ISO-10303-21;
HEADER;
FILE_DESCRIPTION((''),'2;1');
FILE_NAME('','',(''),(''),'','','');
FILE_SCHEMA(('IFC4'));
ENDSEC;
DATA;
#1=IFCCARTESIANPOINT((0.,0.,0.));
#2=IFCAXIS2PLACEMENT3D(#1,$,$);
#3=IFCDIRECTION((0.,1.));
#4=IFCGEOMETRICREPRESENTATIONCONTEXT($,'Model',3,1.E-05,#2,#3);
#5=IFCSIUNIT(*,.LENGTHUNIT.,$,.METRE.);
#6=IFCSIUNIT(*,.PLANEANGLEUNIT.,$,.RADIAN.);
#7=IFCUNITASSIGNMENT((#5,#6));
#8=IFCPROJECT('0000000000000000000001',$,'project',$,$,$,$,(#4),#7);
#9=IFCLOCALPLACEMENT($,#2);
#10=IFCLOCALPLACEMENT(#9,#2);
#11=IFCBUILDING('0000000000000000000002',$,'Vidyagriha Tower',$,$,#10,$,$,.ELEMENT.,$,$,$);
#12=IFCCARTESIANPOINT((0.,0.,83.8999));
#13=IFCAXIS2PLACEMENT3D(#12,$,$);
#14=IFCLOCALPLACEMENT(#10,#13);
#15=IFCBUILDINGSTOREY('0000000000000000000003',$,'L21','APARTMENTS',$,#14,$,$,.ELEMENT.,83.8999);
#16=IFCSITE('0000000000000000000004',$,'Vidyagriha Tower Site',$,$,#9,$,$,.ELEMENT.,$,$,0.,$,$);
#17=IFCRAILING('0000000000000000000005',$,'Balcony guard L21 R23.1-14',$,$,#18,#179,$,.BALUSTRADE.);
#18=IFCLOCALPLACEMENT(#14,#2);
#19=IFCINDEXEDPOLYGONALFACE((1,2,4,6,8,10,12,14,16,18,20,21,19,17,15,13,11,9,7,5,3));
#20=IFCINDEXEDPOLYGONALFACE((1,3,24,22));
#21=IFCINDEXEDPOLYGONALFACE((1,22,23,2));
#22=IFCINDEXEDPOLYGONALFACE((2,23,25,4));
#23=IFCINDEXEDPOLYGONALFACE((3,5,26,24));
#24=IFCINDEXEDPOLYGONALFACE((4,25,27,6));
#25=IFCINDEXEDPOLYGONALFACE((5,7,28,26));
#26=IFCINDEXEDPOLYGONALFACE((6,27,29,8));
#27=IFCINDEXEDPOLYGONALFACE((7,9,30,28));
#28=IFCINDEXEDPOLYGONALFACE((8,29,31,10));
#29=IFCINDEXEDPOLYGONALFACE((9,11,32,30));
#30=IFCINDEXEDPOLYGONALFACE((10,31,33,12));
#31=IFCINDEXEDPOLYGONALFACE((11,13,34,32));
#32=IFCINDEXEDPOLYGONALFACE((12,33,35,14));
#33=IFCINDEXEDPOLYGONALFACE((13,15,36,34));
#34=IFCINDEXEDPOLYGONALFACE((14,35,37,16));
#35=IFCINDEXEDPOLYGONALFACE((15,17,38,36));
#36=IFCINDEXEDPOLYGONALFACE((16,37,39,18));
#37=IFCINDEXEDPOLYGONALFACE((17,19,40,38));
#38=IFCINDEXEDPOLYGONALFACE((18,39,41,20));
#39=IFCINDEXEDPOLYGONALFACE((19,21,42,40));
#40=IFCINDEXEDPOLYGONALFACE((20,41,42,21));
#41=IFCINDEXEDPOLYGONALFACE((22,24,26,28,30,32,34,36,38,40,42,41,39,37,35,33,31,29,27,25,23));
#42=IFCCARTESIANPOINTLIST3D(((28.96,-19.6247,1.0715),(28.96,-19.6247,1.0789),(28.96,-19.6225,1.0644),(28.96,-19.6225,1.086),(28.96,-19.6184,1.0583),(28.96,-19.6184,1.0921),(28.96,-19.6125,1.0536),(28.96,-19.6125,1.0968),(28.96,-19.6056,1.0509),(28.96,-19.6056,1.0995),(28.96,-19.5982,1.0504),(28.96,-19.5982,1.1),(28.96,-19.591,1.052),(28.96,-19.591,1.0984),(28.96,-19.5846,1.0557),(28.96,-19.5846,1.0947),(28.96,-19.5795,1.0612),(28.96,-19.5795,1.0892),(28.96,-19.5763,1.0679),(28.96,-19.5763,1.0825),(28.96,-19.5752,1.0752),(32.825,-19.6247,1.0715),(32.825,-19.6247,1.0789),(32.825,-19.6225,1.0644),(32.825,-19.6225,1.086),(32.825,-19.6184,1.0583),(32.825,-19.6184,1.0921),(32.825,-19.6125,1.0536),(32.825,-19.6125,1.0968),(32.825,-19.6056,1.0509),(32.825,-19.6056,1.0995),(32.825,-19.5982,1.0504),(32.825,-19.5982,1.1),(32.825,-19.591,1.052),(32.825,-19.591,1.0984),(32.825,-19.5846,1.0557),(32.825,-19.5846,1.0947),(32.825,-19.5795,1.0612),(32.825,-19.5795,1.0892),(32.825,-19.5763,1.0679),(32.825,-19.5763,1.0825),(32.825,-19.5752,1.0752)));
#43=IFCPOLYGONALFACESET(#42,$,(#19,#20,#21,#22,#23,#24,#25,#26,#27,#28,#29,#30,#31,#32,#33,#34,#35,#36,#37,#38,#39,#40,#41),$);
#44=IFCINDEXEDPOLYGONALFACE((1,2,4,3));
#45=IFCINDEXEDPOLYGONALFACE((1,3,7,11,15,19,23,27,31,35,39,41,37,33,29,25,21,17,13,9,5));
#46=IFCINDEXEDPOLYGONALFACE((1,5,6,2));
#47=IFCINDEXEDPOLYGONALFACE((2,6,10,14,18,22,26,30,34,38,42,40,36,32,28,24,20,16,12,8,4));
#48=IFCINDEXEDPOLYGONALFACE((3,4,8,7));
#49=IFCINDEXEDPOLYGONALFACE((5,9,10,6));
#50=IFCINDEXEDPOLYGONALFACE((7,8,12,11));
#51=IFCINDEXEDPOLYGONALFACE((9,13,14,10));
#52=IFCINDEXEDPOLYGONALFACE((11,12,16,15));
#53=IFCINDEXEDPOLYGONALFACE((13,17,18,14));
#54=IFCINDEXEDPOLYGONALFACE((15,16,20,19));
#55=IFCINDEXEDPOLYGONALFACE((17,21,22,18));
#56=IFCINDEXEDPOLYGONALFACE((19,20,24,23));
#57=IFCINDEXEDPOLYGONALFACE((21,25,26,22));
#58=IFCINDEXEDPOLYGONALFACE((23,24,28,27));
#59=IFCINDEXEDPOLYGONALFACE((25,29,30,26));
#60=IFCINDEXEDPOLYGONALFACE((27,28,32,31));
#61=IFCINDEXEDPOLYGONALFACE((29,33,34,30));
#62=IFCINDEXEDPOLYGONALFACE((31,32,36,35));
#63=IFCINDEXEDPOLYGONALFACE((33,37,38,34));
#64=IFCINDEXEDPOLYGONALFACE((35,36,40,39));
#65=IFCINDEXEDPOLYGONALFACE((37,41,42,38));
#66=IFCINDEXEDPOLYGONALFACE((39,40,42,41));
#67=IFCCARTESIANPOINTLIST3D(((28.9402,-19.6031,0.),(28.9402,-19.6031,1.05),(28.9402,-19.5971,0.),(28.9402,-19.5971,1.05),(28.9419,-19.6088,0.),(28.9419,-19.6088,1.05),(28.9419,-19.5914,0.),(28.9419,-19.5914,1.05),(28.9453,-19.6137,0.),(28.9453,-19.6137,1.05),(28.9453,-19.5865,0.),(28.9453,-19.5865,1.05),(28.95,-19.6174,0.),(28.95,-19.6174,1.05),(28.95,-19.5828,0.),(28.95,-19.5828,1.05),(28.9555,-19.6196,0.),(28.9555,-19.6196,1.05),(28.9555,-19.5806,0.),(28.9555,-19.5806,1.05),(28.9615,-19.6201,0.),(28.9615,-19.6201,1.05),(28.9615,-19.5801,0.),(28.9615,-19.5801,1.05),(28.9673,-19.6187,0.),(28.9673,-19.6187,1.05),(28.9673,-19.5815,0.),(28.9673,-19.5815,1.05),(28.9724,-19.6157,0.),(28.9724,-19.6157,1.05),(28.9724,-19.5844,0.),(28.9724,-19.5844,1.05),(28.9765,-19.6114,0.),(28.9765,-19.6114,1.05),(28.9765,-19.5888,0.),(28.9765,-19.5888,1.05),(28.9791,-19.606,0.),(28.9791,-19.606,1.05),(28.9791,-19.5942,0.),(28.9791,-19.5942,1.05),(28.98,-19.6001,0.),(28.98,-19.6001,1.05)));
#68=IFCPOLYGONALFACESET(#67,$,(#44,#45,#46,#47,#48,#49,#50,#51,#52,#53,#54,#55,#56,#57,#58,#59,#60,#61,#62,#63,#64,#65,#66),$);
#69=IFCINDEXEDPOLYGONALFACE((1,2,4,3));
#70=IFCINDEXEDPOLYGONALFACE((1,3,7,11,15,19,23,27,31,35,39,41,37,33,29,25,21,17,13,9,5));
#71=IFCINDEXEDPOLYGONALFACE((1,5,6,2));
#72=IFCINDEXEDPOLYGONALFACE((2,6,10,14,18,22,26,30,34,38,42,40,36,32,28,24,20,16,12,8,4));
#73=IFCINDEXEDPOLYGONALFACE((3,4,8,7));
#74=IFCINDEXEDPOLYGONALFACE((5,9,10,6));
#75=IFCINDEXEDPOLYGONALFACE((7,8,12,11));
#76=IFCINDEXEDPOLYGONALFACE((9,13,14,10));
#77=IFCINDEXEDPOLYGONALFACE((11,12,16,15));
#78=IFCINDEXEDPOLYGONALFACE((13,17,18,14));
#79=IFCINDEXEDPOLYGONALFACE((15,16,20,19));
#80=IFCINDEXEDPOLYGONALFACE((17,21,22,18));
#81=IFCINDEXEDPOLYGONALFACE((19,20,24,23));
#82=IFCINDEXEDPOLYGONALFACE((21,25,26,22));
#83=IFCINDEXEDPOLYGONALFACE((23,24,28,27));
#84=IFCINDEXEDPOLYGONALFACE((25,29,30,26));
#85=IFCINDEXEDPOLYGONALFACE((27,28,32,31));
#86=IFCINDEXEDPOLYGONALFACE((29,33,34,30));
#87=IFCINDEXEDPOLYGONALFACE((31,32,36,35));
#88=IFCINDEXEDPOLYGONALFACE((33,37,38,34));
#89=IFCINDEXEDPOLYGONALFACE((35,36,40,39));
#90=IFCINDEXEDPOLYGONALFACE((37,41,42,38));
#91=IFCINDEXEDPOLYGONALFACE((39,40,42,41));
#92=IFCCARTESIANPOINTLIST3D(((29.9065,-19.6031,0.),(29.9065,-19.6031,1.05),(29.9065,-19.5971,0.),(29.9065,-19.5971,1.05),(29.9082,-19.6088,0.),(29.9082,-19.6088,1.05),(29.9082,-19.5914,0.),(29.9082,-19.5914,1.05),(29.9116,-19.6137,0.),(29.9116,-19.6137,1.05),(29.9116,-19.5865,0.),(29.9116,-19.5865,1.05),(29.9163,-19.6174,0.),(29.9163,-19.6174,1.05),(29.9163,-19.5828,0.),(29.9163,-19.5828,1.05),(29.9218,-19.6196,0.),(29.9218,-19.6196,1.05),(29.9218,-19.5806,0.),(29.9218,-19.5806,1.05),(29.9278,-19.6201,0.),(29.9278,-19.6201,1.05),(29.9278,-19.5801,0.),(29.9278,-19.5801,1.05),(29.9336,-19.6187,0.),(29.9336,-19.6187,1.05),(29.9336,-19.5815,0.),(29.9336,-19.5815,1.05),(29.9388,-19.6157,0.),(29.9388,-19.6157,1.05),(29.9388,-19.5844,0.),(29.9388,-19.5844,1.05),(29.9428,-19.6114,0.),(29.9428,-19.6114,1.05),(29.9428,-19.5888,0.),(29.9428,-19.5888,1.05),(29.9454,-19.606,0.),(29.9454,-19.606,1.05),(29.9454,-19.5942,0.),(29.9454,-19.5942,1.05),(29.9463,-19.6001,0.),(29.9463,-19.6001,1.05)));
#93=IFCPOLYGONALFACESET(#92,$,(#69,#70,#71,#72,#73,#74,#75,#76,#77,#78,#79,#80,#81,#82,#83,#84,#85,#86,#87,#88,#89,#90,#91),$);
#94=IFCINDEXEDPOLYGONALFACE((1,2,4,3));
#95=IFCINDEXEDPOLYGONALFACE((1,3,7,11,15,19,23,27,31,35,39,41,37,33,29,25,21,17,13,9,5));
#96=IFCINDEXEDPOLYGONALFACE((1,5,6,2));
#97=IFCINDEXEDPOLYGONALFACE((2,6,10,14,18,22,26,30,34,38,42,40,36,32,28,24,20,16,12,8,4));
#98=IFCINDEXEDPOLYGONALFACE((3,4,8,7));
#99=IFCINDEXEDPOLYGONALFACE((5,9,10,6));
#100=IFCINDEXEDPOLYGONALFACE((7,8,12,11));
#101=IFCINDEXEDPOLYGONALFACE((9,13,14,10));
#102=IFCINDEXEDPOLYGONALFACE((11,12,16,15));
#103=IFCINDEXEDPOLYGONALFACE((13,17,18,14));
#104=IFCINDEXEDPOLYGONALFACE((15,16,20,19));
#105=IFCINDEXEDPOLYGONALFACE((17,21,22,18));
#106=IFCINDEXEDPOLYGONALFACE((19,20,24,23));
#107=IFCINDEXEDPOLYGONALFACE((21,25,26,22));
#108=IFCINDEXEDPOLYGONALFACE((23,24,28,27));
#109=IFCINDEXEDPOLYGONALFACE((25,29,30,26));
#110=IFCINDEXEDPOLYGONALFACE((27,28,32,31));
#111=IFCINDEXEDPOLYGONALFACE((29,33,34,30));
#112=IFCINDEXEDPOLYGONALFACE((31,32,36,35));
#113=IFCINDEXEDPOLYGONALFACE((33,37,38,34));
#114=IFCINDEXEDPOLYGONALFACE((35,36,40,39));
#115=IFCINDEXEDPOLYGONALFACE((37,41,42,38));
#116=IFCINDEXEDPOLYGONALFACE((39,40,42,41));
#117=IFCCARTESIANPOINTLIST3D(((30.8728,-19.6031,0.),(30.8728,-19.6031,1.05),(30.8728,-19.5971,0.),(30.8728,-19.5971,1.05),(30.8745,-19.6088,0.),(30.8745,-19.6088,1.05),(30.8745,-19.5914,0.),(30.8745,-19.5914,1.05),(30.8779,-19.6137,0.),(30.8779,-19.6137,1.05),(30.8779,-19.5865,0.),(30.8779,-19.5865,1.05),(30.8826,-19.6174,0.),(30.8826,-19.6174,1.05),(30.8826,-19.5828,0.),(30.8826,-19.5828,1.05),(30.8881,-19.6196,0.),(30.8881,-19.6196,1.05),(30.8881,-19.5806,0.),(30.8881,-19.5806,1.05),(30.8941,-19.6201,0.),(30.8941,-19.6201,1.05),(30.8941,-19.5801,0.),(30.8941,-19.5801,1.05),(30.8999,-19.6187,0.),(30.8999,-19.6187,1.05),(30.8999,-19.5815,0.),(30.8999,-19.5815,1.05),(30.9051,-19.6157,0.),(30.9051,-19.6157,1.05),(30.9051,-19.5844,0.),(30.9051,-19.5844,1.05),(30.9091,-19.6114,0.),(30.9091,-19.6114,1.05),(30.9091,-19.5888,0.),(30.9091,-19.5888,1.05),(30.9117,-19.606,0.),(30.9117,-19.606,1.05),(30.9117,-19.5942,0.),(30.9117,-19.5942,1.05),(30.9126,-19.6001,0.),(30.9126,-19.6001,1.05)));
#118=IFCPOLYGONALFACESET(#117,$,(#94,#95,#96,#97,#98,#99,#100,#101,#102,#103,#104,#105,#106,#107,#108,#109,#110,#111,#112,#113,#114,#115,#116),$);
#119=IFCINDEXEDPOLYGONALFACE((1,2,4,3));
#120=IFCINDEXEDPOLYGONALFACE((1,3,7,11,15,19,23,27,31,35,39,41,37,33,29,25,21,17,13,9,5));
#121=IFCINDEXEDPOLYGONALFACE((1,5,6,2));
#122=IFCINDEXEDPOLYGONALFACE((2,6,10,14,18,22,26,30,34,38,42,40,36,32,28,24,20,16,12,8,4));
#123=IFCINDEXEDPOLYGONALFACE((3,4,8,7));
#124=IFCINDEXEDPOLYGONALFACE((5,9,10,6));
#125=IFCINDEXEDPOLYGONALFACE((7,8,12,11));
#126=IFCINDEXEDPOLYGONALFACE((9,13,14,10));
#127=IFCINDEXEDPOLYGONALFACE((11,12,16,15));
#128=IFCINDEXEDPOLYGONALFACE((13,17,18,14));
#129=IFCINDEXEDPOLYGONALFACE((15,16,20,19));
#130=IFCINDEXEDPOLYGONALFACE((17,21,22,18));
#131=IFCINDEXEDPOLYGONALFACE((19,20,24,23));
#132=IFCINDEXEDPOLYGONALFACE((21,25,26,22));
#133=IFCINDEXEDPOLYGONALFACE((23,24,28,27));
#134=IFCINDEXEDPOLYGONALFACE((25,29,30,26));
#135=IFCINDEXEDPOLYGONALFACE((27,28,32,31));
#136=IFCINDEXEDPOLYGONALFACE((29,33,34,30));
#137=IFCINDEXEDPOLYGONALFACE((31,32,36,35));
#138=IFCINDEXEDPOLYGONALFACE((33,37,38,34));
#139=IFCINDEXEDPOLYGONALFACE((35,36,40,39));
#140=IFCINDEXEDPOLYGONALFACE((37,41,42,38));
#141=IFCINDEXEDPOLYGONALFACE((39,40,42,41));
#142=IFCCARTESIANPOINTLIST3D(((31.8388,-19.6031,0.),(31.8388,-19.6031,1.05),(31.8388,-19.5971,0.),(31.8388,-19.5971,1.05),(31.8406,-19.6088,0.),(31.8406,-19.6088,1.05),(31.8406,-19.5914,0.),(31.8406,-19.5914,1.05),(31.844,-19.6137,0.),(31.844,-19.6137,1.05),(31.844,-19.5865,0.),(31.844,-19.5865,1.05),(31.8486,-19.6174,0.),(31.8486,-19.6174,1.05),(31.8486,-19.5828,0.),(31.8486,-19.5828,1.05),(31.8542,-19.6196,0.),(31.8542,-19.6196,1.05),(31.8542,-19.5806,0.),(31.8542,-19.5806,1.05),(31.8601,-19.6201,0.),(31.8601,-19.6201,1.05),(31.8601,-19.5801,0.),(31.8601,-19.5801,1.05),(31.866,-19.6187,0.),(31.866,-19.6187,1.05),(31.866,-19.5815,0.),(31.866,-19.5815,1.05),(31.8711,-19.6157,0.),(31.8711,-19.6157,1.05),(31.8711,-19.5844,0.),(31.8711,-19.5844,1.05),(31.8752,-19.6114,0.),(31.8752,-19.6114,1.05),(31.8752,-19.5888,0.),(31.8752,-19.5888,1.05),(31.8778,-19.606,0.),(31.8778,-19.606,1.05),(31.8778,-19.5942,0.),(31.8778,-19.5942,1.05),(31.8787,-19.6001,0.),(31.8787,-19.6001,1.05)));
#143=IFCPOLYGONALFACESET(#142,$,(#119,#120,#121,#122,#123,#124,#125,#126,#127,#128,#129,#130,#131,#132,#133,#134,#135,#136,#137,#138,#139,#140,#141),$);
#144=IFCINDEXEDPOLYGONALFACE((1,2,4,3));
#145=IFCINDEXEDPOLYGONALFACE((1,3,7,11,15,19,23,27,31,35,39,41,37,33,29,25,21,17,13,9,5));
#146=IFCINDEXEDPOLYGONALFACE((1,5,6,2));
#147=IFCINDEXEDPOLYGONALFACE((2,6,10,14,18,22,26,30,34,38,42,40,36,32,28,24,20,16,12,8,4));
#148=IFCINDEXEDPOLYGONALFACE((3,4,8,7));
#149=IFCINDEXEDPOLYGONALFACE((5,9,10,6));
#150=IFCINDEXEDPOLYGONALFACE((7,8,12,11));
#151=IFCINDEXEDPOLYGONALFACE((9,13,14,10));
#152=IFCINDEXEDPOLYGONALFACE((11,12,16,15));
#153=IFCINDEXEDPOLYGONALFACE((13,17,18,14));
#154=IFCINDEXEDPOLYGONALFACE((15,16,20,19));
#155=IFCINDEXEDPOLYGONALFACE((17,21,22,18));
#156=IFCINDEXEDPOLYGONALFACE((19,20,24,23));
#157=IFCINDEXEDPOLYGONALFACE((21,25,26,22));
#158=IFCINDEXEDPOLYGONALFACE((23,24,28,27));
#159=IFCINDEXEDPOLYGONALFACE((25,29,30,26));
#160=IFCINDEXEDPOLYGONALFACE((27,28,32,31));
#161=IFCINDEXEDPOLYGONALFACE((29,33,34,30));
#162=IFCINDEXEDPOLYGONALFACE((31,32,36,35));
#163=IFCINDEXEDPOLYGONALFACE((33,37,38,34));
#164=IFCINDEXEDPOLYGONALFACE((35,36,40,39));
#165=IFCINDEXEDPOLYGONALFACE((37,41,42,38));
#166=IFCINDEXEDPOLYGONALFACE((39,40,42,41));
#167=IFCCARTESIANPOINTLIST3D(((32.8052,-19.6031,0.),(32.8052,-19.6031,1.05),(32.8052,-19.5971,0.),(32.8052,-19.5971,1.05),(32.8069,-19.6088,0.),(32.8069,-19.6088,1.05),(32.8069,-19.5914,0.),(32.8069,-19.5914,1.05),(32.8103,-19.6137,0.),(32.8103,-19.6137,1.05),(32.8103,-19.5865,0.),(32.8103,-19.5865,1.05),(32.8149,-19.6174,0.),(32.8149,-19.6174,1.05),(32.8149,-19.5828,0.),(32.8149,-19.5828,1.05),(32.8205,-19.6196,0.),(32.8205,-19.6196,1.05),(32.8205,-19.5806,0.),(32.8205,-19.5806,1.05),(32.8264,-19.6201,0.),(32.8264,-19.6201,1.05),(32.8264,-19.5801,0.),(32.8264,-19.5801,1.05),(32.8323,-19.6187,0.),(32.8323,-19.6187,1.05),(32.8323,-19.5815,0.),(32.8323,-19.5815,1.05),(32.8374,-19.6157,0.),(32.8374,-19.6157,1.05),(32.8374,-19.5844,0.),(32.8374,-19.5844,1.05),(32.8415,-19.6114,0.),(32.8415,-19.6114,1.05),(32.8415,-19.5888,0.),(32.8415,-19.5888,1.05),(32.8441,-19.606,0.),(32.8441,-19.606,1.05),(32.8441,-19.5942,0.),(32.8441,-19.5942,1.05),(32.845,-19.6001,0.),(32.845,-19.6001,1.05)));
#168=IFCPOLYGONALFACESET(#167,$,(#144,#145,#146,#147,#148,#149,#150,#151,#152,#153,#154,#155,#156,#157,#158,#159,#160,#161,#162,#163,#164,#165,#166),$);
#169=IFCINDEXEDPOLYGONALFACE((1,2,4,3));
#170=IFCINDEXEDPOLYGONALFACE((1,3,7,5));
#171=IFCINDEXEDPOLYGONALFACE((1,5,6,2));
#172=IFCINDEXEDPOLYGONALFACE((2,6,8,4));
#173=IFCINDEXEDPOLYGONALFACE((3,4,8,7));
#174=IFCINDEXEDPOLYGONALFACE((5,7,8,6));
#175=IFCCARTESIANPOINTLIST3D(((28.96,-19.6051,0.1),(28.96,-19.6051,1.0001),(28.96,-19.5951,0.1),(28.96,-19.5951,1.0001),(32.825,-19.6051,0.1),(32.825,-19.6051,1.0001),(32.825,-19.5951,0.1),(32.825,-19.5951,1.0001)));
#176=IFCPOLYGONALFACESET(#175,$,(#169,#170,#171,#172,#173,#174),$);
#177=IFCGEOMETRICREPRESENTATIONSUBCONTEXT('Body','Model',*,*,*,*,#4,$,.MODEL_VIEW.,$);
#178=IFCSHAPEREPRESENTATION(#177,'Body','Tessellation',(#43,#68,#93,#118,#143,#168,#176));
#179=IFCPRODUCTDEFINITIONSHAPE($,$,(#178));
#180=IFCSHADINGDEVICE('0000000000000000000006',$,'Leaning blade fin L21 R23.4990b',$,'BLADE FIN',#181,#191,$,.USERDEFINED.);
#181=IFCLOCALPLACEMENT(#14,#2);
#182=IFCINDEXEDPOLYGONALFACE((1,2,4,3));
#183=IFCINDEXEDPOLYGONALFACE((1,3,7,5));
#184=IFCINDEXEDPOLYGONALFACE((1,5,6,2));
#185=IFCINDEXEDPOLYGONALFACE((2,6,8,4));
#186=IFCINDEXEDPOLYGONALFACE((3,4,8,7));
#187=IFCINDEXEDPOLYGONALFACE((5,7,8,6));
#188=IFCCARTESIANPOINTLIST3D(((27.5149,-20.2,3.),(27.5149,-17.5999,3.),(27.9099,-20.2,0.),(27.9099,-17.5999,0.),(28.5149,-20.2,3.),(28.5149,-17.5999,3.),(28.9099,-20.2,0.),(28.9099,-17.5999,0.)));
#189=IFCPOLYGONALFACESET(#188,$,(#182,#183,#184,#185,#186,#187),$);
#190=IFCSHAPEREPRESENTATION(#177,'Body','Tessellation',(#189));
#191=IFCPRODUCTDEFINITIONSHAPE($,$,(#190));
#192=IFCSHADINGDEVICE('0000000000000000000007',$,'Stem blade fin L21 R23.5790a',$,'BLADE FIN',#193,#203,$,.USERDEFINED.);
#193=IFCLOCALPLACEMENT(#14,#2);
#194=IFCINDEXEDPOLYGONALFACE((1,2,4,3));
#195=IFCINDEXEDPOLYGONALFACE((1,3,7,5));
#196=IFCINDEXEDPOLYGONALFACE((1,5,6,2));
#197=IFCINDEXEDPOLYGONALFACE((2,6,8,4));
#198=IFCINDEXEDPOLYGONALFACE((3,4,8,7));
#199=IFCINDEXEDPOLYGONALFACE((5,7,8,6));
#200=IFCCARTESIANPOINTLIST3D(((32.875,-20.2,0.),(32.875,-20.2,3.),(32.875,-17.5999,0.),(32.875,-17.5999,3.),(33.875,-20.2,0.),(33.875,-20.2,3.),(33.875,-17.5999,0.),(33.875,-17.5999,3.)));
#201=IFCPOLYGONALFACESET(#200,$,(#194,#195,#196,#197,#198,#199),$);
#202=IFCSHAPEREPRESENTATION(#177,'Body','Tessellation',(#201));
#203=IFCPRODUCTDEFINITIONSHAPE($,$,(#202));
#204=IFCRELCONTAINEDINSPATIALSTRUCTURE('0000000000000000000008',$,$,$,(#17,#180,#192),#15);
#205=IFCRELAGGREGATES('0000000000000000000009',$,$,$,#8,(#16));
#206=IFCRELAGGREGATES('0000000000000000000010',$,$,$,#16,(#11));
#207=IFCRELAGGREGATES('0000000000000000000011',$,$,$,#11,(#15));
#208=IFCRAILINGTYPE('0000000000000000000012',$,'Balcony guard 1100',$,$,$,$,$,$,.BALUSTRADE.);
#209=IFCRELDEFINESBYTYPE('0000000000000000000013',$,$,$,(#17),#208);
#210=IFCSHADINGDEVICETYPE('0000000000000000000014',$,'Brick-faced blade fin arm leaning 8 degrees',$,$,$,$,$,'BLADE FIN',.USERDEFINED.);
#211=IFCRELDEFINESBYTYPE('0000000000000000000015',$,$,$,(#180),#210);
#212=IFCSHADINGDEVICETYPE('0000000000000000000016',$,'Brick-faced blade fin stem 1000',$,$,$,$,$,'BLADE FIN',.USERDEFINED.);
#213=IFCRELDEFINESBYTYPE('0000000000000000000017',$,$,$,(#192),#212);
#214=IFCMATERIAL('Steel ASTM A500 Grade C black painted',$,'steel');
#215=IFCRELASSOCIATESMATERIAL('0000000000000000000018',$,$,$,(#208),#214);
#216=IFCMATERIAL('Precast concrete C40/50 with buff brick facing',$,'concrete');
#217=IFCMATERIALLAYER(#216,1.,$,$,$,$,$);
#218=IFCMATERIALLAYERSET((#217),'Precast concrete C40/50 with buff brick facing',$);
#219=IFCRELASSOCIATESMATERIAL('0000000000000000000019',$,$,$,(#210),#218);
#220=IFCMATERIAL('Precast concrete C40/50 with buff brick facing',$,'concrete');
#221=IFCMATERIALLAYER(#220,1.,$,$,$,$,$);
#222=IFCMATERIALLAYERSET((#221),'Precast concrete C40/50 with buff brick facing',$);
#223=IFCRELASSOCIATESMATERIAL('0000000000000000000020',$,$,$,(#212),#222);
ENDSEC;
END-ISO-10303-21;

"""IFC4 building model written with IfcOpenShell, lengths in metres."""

from ifc_helpers import new_model, si_unit, direction, frame, origin, origin_2d, place, context, subcontext, project, spatial, polyline, rectangle, circle, outline, extrude, material, layer, layer_set, type_object, element, save


model = new_model("IFC4")

# Units and contexts
model_context = context("Model", 3, precision=1e-05, world=origin(), true_north=direction((0.0, 1.0)))
body_context = subcontext(model_context, "Body", "Model", "MODEL_VIEW")
ifc_project = project(units=[si_unit("LENGTHUNIT", "METRE"), si_unit("PLANEANGLEUNIT", "RADIAN")], contexts=[model_context])

# Site, building, storey
site_placement = place(None, origin())
site = spatial("IfcSite", under=ifc_project, at=site_placement, Name="Vidyagriha Tower Site", CompositionType="ELEMENT", RefElevation=0.0)
building_placement = place(site_placement, origin())
building = spatial("IfcBuilding", under=site, at=building_placement, Name="Vidyagriha Tower", CompositionType="ELEMENT")
storey_placement = place(building_placement, frame((0.0, 0.0, 83.8999)))
storey = spatial("IfcBuildingStorey", under=building, at=storey_placement, Name="L21", Description="APARTMENTS", CompositionType="ELEMENT", Elevation=83.8999)

# Railing
ifc_material_1 = material(Name="Steel ASTM A500 Grade C black painted", Category="steel")
railing_type_1 = type_object("IfcRailingType", Name="Balcony guard 1100", PredefinedType="BALUSTRADE", material=ifc_material_1)
railing_1_placement = place(storey_placement, frame((28.96, -19.6001, 0.0)))
element("IfcRailing", 1, at=railing_1_placement, inside=storey, type_object=railing_type_1, Name="Balcony guard L21 R23.1-14", PredefinedType="BALUSTRADE", context=body_context, shape_type="SweptSolid", body=[
    extrude(circle(Radius=0.0249, at=origin_2d()), frame((0.0, 0.0, 1.0752), z_axis=(1.0, 0.0, 0.0), x_axis=(0.0, 1.0, 0.0)), (0.0, 0.0, 1.0), 3.865),
    extrude(circle(Radius=0.02, at=origin_2d()), origin(), (0.0, 0.0, 1.0), 1.05),
    extrude(circle(Radius=0.02, at=origin_2d()), frame((0.9663, 0.0, 0.0)), (0.0, 0.0, 1.0), 1.05),
    extrude(circle(Radius=0.02, at=origin_2d()), frame((1.9326, 0.0, 0.0)), (0.0, 0.0, 1.0), 1.05),
    extrude(circle(Radius=0.02, at=origin_2d()), frame((2.8987, 0.0, 0.0)), (0.0, 0.0, 1.0), 1.05),
    extrude(circle(Radius=0.02, at=origin_2d()), frame((3.865, 0.0, 0.0)), (0.0, 0.0, 1.0), 1.05),
    extrude(rectangle(XDim=0.01, YDim=0.9001, at=origin_2d()), frame((0.0, 0.0, 0.55), z_axis=(1.0, 0.0, 0.0), x_axis=(0.0, 1.0, 0.0)), (0.0, 0.0, 1.0), 3.865),
])

# Shading devices
ifc_material_2 = material(Name="Precast concrete C40/50 with buff brick facing", Category="concrete")
ifc_layer_1 = layer(ifc_material_2, 1.0)
ifc_layer_set_1 = layer_set([ifc_layer_1], Name="Precast concrete C40/50 with buff brick facing")
shading_device_type_1 = type_object("IfcShadingDeviceType", Name="Brick-faced blade fin arm leaning 8 degrees", ElementType="BLADE FIN", PredefinedType="USERDEFINED", material=ifc_layer_set_1)
shading_device_1_placement = place(storey_placement, frame((27.5149, -18.8999, 0.0)))
element("IfcShadingDevice", 2, at=shading_device_1_placement, inside=storey, type_object=shading_device_type_1, Name="Leaning blade fin L21 R23.4990b", ObjectType="BLADE FIN", PredefinedType="USERDEFINED", context=body_context, shape_type="SweptSolid", body=[
    extrude(outline(polyline([(0.395, 0.0), (1.395, 0.0), (1.0, 3.0), (0.0, 3.0), (0.395, 0.0)])), frame((0.0, 1.3, 0.0), z_axis=(0.0, -1.0, 0.0), x_axis=(1.0, 0.0, 0.0)), (0.0, 0.0, 1.0), 2.6001),
])
ifc_material_3 = material(Name="Precast concrete C40/50 with buff brick facing", Category="concrete")
ifc_layer_2 = layer(ifc_material_3, 1.0)
ifc_layer_set_2 = layer_set([ifc_layer_2], Name="Precast concrete C40/50 with buff brick facing")
shading_device_type_2 = type_object("IfcShadingDeviceType", Name="Brick-faced blade fin stem 1000", ElementType="BLADE FIN", PredefinedType="USERDEFINED", material=ifc_layer_set_2)
shading_device_2_placement = place(storey_placement, frame((32.875, -18.8999, 0.0)))
element("IfcShadingDevice", 3, at=shading_device_2_placement, inside=storey, type_object=shading_device_type_2, Name="Stem blade fin L21 R23.5790a", ObjectType="BLADE FIN", PredefinedType="USERDEFINED", context=body_context, shape_type="SweptSolid", body=[
    extrude(outline(polyline([(0.0, 0.0), (1.0, 0.0), (1.0, 3.0), (0.0, 3.0), (0.0, 0.0)])), frame((0.0, 1.3, 0.0), z_axis=(0.0, -1.0, 0.0), x_axis=(1.0, 0.0, 0.0)), (0.0, 0.0, 1.0), 2.6001),
])

save(model, "model.ifc")
